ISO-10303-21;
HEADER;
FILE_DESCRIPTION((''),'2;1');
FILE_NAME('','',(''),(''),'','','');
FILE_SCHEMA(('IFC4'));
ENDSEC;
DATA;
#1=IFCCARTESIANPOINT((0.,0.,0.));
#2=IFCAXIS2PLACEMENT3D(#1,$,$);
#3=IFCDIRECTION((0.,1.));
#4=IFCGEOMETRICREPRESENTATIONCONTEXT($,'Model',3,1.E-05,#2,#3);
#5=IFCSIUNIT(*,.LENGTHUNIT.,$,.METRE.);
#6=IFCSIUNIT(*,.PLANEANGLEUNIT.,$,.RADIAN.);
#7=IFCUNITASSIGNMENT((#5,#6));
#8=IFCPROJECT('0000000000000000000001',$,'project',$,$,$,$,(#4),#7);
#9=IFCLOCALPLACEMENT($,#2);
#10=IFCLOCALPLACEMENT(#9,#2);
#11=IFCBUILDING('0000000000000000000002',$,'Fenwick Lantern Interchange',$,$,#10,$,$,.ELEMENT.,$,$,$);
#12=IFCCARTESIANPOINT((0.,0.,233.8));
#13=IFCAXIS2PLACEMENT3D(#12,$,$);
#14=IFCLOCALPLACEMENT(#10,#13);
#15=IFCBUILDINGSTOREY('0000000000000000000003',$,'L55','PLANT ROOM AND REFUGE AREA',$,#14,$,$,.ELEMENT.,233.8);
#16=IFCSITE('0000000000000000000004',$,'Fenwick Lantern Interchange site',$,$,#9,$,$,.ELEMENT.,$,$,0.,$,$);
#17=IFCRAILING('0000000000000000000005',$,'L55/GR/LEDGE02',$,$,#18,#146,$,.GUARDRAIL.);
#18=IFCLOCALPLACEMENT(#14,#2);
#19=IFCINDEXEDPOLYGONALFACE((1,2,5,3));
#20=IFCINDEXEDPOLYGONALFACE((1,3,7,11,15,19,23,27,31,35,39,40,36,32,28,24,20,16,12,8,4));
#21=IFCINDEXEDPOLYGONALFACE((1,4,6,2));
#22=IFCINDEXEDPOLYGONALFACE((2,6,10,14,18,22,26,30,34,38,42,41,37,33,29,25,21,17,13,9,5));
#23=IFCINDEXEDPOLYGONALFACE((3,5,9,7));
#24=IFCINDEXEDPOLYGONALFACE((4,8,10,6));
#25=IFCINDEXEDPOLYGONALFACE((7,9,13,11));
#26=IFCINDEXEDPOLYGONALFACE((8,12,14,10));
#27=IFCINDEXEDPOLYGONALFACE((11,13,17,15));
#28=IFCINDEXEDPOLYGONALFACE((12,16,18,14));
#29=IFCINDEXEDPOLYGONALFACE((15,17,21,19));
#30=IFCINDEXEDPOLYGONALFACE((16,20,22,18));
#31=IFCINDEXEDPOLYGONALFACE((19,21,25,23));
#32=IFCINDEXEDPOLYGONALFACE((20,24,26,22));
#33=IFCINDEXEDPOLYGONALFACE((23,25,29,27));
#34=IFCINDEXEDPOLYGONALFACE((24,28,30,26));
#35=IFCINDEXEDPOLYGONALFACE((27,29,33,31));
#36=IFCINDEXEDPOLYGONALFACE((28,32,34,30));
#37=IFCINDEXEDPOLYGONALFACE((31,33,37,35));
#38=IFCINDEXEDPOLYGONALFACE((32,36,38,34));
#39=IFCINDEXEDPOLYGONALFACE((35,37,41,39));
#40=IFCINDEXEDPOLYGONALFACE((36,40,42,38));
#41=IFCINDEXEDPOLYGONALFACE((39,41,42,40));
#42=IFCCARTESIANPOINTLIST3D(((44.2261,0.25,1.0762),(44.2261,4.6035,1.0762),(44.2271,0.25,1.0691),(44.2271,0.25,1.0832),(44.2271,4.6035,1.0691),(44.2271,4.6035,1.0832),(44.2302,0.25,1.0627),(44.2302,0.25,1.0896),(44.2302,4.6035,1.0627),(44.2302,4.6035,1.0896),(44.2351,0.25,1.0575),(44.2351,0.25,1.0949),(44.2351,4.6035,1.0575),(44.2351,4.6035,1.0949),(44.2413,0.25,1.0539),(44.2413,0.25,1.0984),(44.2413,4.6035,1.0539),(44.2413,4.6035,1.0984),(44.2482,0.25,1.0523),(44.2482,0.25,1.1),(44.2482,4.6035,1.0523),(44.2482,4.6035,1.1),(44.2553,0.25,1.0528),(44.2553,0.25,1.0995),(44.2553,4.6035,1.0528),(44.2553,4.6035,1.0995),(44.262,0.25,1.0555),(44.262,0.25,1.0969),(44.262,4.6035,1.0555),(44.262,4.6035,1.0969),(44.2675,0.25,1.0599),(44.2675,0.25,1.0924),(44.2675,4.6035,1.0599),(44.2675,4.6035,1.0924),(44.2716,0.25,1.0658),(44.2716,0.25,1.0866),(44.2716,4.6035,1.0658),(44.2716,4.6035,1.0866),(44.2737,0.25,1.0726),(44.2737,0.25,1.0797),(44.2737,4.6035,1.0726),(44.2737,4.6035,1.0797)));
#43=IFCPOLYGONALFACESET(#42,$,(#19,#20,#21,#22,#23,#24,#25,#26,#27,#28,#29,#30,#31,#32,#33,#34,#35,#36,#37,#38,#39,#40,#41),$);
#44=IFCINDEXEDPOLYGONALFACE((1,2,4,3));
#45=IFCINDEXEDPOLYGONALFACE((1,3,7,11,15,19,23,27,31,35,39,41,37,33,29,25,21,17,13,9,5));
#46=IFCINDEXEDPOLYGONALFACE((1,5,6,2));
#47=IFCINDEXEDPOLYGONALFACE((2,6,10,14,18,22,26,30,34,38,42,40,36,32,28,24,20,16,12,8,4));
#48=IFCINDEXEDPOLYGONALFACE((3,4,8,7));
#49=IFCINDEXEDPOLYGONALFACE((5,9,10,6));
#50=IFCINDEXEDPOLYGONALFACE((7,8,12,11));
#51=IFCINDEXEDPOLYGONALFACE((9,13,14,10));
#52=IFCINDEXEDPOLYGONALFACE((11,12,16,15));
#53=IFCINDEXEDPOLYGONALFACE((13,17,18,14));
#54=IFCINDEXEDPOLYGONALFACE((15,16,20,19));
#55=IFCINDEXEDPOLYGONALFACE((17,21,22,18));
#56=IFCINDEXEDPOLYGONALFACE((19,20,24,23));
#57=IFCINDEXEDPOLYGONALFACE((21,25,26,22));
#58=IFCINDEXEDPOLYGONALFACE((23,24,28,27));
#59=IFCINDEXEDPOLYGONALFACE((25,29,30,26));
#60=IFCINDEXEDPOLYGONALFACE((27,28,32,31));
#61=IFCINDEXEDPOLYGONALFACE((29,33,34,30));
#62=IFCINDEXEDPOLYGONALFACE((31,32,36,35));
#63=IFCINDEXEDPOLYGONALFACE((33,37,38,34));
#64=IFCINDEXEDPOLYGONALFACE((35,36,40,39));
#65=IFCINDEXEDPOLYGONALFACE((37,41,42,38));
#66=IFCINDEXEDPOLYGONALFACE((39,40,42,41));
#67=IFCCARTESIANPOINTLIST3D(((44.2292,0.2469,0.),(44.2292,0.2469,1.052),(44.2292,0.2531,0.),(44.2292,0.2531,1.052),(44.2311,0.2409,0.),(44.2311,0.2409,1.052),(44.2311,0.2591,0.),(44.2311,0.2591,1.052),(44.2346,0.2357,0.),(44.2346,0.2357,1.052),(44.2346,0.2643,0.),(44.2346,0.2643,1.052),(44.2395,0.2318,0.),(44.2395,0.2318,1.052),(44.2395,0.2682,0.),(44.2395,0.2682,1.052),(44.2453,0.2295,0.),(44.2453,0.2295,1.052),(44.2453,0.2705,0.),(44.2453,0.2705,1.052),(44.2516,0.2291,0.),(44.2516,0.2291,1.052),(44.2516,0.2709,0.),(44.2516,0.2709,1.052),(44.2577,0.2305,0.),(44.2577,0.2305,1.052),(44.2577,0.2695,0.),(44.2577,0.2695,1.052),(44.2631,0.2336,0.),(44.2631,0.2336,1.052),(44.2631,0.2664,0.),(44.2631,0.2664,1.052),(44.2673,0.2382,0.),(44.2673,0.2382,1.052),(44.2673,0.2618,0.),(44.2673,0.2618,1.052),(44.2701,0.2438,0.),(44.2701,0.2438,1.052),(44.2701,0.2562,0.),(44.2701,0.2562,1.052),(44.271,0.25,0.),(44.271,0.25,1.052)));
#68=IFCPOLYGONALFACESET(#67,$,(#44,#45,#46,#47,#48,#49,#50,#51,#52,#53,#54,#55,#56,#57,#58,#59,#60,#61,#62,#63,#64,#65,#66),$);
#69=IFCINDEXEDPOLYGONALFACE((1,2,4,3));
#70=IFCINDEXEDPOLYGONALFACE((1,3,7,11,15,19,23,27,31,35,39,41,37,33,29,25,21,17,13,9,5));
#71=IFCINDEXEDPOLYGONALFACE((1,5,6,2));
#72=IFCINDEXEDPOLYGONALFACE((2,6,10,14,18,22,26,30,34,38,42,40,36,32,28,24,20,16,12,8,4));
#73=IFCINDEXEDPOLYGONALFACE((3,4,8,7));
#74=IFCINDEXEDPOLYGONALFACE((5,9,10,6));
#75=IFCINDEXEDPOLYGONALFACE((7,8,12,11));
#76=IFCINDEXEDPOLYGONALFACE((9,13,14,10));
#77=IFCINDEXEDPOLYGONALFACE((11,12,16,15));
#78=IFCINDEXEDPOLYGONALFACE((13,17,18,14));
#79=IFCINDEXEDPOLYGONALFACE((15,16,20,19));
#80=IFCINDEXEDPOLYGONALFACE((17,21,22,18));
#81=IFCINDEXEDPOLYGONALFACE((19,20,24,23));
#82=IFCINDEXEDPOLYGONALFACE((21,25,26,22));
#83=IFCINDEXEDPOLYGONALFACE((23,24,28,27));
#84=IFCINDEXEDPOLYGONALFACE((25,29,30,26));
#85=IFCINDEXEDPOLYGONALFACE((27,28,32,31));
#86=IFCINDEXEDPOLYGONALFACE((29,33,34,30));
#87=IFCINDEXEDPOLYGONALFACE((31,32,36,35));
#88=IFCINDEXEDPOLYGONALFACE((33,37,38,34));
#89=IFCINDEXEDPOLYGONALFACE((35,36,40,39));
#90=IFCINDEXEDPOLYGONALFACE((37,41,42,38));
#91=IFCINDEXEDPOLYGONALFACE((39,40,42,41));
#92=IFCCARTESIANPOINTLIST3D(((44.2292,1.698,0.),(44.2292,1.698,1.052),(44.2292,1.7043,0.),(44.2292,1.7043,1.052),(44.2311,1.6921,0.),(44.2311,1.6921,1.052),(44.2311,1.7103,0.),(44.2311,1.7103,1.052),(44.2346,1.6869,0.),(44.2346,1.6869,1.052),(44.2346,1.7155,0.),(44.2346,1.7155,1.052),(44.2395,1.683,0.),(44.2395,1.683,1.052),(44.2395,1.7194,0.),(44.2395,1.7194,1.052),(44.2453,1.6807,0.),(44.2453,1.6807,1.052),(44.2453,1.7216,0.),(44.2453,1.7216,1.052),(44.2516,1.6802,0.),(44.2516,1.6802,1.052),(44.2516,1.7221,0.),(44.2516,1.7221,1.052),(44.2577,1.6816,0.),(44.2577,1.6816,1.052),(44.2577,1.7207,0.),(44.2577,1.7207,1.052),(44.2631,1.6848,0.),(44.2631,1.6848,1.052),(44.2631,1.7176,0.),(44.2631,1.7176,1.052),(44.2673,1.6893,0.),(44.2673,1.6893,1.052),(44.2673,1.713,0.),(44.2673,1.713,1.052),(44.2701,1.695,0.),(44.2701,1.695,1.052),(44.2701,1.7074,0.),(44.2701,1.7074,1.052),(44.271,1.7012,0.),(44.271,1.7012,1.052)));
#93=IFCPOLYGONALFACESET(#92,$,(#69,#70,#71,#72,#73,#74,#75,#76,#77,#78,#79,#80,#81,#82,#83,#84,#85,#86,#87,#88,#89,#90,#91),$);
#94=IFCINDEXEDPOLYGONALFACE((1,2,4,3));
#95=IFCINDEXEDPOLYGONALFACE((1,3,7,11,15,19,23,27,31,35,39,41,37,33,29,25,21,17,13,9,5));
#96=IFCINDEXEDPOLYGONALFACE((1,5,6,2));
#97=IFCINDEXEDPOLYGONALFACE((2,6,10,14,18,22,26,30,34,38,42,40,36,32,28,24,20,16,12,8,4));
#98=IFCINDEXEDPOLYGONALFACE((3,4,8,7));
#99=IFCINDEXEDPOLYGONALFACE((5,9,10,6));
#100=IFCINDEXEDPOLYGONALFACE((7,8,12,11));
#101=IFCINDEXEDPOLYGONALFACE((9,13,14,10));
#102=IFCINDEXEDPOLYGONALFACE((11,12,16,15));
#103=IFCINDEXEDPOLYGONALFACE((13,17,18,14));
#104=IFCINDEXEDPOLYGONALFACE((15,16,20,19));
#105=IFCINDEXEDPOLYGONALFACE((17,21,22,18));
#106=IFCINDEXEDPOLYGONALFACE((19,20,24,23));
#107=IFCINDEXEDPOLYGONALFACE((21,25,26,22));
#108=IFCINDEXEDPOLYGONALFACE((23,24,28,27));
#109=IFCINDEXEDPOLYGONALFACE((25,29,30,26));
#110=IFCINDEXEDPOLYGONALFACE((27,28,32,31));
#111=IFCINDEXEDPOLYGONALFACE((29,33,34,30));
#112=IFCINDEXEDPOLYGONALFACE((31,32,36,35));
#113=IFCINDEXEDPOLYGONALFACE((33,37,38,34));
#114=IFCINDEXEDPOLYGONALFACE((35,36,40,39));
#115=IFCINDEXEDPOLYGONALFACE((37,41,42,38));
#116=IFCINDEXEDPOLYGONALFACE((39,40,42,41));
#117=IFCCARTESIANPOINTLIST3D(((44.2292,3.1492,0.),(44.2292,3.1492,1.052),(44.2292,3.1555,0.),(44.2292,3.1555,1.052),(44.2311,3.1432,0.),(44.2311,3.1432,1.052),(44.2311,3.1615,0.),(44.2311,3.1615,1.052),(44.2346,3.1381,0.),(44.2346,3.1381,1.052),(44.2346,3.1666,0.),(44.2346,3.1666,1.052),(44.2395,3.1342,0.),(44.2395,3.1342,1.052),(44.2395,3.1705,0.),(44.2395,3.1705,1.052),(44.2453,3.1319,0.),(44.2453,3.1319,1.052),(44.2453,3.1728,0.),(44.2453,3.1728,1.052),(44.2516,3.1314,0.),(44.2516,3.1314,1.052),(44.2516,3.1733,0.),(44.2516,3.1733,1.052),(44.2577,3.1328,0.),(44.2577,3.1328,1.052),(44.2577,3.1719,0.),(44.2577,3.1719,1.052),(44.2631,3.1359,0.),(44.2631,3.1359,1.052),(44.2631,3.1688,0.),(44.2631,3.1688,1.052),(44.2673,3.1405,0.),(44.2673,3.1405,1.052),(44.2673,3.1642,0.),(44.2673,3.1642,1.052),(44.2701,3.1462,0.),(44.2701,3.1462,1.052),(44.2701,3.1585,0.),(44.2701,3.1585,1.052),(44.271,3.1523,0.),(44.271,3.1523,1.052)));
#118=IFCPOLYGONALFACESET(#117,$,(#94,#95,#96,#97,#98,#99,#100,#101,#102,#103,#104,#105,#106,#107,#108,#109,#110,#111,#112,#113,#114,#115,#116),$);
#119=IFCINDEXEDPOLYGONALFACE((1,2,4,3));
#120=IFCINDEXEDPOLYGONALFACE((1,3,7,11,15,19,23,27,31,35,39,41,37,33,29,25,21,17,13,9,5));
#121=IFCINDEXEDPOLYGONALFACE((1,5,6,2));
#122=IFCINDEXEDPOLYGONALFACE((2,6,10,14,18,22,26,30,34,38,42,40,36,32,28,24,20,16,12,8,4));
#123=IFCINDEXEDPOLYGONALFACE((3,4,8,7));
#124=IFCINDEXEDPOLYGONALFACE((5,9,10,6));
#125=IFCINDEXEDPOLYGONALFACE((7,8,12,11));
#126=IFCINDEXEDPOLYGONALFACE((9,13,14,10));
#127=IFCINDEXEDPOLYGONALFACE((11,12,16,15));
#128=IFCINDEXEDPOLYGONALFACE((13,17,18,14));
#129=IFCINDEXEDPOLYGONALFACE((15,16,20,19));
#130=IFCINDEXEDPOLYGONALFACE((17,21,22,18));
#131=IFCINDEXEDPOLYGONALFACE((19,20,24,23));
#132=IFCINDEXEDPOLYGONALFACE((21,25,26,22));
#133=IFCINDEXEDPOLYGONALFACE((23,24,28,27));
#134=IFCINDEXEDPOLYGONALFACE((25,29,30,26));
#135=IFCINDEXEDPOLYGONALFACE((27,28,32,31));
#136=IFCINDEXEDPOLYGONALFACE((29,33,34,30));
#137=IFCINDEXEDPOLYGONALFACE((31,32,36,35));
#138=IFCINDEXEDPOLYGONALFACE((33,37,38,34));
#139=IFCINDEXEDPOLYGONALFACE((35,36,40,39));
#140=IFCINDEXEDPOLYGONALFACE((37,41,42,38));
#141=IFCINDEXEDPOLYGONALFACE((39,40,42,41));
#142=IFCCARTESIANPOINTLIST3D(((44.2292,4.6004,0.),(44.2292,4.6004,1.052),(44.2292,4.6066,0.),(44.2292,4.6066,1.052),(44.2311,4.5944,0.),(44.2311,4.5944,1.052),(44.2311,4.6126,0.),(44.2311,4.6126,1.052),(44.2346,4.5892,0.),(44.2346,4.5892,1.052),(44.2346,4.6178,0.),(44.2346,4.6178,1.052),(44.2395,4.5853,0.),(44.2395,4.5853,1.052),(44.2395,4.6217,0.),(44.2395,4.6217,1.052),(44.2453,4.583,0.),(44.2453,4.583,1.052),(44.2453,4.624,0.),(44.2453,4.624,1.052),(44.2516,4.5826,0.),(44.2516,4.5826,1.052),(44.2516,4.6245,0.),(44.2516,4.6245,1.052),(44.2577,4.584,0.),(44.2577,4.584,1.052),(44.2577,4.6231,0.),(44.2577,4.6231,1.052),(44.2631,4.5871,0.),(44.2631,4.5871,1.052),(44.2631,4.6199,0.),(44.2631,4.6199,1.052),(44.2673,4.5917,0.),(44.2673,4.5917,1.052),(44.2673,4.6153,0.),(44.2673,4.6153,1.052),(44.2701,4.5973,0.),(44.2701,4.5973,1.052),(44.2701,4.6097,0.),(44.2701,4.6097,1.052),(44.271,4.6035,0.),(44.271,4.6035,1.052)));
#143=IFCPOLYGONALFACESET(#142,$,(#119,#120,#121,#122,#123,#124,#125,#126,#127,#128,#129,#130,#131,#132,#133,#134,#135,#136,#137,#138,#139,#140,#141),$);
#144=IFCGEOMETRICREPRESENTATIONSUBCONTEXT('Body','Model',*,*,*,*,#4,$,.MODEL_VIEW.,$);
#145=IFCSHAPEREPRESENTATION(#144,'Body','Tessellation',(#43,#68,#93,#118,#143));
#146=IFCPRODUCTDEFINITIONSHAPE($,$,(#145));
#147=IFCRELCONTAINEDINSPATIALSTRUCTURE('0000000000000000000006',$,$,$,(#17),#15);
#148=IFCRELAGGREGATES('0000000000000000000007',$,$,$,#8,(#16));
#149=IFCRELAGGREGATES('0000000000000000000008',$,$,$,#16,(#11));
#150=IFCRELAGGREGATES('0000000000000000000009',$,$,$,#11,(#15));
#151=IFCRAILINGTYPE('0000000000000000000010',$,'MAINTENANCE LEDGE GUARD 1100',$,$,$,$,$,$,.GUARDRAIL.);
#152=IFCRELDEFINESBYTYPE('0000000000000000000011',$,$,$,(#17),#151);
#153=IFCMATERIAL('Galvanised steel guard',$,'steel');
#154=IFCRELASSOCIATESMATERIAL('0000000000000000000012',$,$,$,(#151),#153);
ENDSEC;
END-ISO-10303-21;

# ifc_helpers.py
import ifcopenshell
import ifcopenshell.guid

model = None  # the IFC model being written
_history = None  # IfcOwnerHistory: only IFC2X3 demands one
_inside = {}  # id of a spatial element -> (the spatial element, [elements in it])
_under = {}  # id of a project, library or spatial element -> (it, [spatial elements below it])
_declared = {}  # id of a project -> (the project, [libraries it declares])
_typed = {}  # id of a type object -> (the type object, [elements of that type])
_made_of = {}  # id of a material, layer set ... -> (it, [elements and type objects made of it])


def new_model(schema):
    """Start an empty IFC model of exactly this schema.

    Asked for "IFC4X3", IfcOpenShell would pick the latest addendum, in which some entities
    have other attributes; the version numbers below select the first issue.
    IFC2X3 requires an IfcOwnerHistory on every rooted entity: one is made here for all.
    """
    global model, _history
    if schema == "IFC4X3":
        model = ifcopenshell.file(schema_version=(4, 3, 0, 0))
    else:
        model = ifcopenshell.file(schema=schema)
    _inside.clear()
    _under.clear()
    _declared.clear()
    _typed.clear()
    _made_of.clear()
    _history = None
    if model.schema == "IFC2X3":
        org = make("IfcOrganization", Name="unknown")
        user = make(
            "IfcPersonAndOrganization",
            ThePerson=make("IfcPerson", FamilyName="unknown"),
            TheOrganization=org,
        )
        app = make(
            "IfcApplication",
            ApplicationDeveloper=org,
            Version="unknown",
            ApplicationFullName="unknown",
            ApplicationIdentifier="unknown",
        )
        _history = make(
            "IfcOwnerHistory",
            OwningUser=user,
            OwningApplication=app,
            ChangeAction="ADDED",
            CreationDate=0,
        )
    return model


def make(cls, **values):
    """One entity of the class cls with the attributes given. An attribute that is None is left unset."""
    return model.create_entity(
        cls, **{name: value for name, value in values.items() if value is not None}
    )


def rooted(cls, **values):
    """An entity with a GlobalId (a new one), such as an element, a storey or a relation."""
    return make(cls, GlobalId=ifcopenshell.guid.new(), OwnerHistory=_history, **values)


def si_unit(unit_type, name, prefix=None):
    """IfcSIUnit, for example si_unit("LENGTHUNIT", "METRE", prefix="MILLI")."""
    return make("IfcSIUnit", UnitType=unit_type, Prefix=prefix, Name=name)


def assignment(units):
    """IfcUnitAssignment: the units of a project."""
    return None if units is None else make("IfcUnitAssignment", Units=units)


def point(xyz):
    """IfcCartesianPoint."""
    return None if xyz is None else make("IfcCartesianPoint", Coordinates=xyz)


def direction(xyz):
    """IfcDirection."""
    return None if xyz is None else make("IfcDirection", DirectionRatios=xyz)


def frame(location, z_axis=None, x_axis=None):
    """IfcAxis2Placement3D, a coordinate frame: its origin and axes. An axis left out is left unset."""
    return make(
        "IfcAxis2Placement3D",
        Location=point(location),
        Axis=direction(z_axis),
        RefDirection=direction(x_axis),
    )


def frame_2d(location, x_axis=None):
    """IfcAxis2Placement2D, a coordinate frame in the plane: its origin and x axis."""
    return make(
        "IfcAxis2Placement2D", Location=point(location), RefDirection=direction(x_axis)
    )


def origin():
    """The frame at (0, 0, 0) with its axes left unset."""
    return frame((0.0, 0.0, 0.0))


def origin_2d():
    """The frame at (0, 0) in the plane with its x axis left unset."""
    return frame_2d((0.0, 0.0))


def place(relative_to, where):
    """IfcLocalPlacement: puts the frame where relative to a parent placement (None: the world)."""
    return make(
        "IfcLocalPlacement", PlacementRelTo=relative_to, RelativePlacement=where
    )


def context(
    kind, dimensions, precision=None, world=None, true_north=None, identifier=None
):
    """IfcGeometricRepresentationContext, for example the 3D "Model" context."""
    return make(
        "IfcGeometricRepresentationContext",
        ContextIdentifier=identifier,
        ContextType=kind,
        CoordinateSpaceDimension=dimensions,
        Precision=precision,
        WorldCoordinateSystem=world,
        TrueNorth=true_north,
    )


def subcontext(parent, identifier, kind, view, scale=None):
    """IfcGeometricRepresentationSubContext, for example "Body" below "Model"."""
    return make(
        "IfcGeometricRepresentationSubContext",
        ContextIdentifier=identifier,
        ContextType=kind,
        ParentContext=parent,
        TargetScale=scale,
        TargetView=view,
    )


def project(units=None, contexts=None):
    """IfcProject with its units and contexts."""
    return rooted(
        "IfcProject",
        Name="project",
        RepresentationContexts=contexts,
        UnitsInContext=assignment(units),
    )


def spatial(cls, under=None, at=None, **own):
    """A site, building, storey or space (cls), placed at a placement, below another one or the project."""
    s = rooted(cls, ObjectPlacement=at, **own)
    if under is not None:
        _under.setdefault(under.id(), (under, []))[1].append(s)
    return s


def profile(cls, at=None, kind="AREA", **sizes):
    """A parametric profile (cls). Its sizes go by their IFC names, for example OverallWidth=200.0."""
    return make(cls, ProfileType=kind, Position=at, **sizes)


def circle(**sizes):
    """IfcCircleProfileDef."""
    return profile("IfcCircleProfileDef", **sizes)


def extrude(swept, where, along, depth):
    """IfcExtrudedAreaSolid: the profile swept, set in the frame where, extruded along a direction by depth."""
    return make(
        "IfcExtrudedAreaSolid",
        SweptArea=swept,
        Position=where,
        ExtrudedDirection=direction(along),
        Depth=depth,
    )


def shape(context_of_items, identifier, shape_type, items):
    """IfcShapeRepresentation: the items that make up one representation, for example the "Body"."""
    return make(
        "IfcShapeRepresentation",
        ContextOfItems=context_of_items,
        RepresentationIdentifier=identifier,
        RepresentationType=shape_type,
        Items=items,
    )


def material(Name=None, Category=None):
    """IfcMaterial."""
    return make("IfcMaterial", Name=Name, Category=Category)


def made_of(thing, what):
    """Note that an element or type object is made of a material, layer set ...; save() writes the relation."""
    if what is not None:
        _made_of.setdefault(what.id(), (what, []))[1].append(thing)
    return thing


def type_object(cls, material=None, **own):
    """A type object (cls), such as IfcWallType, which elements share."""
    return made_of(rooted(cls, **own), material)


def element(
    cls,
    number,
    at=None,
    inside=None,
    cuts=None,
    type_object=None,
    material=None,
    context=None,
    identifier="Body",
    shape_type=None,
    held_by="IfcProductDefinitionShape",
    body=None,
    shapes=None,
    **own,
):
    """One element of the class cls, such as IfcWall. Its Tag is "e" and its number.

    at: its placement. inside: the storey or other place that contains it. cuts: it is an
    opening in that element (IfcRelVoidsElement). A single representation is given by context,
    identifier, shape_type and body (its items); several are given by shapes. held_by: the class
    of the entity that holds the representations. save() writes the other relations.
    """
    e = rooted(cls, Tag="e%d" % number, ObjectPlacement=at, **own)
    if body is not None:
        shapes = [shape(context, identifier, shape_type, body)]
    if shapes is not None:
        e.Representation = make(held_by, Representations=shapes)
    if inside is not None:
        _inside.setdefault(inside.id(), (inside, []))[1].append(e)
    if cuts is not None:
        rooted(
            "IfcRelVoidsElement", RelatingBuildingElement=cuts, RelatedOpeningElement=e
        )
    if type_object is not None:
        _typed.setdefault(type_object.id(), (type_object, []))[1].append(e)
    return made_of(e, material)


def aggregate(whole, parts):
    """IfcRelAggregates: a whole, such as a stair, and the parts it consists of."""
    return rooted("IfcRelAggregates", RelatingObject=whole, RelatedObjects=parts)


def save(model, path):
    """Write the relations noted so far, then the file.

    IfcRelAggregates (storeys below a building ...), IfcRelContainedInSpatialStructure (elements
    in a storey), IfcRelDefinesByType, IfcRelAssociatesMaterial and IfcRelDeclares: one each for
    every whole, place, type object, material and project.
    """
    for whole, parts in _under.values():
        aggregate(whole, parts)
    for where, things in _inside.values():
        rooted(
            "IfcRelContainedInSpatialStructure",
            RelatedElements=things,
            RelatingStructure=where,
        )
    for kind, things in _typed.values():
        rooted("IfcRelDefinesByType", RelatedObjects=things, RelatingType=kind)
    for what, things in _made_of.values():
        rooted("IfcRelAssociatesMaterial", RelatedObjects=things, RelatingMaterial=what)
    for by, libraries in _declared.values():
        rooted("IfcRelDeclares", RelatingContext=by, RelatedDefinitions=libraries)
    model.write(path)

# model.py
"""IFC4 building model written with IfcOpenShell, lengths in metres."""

from ifc_helpers import new_model, si_unit, direction, frame, origin, origin_2d, place, context, subcontext, project, spatial, circle, extrude, material, type_object, element, save


model = new_model("IFC4")

# Units and contexts
model_context = context("Model", 3, precision=1e-05, world=origin(), true_north=direction((0.0, 1.0)))
body_context = subcontext(model_context, "Body", "Model", "MODEL_VIEW")
ifc_project = project(units=[si_unit("LENGTHUNIT", "METRE"), si_unit("PLANEANGLEUNIT", "RADIAN")], contexts=[model_context])

# Site, building, storey
site_placement = place(None, origin())
site = spatial("IfcSite", under=ifc_project, at=site_placement, Name="Fenwick Lantern Interchange site", CompositionType="ELEMENT", RefElevation=0.0)
building_placement = place(site_placement, origin())
building = spatial("IfcBuilding", under=site, at=building_placement, Name="Fenwick Lantern Interchange", CompositionType="ELEMENT")
storey_placement = place(building_placement, frame((0.0, 0.0, 233.8)))
storey = spatial("IfcBuildingStorey", under=building, at=storey_placement, Name="L55", Description="PLANT ROOM AND REFUGE AREA", CompositionType="ELEMENT", Elevation=233.8)

# Railing
ifc_material_1 = material(Name="Galvanised steel guard", Category="steel")
railing_type = type_object("IfcRailingType", Name="MAINTENANCE LEDGE GUARD 1100", PredefinedType="GUARDRAIL", material=ifc_material_1)
railing_1_placement = place(storey_placement, frame((44.25, 0.25, 0.0)))
element("IfcRailing", 1, at=railing_1_placement, inside=storey, type_object=railing_type, Name="L55/GR/LEDGE02", PredefinedType="GUARDRAIL", context=body_context, shape_type="SweptSolid", body=[
    extrude(circle(Radius=0.0239, at=origin_2d()), frame((0.0, 0.0, 1.0762), z_axis=(0.0, 1.0, 0.0), x_axis=(-1.0, 0.0, 0.0)), (0.0, 0.0, 1.0), 4.3535),
    extrude(circle(Radius=0.021, at=origin_2d()), origin(), (0.0, 0.0, 1.0), 1.052),
    extrude(circle(Radius=0.021, at=origin_2d()), frame((0.0, 1.4512, 0.0)), (0.0, 0.0, 1.0), 1.052),
    extrude(circle(Radius=0.021, at=origin_2d()), frame((0.0, 2.9023, 0.0)), (0.0, 0.0, 1.0), 1.052),
    extrude(circle(Radius=0.021, at=origin_2d()), frame((0.0, 4.3535, 0.0)), (0.0, 0.0, 1.0), 1.052),
])

save(model, "model.ifc")
